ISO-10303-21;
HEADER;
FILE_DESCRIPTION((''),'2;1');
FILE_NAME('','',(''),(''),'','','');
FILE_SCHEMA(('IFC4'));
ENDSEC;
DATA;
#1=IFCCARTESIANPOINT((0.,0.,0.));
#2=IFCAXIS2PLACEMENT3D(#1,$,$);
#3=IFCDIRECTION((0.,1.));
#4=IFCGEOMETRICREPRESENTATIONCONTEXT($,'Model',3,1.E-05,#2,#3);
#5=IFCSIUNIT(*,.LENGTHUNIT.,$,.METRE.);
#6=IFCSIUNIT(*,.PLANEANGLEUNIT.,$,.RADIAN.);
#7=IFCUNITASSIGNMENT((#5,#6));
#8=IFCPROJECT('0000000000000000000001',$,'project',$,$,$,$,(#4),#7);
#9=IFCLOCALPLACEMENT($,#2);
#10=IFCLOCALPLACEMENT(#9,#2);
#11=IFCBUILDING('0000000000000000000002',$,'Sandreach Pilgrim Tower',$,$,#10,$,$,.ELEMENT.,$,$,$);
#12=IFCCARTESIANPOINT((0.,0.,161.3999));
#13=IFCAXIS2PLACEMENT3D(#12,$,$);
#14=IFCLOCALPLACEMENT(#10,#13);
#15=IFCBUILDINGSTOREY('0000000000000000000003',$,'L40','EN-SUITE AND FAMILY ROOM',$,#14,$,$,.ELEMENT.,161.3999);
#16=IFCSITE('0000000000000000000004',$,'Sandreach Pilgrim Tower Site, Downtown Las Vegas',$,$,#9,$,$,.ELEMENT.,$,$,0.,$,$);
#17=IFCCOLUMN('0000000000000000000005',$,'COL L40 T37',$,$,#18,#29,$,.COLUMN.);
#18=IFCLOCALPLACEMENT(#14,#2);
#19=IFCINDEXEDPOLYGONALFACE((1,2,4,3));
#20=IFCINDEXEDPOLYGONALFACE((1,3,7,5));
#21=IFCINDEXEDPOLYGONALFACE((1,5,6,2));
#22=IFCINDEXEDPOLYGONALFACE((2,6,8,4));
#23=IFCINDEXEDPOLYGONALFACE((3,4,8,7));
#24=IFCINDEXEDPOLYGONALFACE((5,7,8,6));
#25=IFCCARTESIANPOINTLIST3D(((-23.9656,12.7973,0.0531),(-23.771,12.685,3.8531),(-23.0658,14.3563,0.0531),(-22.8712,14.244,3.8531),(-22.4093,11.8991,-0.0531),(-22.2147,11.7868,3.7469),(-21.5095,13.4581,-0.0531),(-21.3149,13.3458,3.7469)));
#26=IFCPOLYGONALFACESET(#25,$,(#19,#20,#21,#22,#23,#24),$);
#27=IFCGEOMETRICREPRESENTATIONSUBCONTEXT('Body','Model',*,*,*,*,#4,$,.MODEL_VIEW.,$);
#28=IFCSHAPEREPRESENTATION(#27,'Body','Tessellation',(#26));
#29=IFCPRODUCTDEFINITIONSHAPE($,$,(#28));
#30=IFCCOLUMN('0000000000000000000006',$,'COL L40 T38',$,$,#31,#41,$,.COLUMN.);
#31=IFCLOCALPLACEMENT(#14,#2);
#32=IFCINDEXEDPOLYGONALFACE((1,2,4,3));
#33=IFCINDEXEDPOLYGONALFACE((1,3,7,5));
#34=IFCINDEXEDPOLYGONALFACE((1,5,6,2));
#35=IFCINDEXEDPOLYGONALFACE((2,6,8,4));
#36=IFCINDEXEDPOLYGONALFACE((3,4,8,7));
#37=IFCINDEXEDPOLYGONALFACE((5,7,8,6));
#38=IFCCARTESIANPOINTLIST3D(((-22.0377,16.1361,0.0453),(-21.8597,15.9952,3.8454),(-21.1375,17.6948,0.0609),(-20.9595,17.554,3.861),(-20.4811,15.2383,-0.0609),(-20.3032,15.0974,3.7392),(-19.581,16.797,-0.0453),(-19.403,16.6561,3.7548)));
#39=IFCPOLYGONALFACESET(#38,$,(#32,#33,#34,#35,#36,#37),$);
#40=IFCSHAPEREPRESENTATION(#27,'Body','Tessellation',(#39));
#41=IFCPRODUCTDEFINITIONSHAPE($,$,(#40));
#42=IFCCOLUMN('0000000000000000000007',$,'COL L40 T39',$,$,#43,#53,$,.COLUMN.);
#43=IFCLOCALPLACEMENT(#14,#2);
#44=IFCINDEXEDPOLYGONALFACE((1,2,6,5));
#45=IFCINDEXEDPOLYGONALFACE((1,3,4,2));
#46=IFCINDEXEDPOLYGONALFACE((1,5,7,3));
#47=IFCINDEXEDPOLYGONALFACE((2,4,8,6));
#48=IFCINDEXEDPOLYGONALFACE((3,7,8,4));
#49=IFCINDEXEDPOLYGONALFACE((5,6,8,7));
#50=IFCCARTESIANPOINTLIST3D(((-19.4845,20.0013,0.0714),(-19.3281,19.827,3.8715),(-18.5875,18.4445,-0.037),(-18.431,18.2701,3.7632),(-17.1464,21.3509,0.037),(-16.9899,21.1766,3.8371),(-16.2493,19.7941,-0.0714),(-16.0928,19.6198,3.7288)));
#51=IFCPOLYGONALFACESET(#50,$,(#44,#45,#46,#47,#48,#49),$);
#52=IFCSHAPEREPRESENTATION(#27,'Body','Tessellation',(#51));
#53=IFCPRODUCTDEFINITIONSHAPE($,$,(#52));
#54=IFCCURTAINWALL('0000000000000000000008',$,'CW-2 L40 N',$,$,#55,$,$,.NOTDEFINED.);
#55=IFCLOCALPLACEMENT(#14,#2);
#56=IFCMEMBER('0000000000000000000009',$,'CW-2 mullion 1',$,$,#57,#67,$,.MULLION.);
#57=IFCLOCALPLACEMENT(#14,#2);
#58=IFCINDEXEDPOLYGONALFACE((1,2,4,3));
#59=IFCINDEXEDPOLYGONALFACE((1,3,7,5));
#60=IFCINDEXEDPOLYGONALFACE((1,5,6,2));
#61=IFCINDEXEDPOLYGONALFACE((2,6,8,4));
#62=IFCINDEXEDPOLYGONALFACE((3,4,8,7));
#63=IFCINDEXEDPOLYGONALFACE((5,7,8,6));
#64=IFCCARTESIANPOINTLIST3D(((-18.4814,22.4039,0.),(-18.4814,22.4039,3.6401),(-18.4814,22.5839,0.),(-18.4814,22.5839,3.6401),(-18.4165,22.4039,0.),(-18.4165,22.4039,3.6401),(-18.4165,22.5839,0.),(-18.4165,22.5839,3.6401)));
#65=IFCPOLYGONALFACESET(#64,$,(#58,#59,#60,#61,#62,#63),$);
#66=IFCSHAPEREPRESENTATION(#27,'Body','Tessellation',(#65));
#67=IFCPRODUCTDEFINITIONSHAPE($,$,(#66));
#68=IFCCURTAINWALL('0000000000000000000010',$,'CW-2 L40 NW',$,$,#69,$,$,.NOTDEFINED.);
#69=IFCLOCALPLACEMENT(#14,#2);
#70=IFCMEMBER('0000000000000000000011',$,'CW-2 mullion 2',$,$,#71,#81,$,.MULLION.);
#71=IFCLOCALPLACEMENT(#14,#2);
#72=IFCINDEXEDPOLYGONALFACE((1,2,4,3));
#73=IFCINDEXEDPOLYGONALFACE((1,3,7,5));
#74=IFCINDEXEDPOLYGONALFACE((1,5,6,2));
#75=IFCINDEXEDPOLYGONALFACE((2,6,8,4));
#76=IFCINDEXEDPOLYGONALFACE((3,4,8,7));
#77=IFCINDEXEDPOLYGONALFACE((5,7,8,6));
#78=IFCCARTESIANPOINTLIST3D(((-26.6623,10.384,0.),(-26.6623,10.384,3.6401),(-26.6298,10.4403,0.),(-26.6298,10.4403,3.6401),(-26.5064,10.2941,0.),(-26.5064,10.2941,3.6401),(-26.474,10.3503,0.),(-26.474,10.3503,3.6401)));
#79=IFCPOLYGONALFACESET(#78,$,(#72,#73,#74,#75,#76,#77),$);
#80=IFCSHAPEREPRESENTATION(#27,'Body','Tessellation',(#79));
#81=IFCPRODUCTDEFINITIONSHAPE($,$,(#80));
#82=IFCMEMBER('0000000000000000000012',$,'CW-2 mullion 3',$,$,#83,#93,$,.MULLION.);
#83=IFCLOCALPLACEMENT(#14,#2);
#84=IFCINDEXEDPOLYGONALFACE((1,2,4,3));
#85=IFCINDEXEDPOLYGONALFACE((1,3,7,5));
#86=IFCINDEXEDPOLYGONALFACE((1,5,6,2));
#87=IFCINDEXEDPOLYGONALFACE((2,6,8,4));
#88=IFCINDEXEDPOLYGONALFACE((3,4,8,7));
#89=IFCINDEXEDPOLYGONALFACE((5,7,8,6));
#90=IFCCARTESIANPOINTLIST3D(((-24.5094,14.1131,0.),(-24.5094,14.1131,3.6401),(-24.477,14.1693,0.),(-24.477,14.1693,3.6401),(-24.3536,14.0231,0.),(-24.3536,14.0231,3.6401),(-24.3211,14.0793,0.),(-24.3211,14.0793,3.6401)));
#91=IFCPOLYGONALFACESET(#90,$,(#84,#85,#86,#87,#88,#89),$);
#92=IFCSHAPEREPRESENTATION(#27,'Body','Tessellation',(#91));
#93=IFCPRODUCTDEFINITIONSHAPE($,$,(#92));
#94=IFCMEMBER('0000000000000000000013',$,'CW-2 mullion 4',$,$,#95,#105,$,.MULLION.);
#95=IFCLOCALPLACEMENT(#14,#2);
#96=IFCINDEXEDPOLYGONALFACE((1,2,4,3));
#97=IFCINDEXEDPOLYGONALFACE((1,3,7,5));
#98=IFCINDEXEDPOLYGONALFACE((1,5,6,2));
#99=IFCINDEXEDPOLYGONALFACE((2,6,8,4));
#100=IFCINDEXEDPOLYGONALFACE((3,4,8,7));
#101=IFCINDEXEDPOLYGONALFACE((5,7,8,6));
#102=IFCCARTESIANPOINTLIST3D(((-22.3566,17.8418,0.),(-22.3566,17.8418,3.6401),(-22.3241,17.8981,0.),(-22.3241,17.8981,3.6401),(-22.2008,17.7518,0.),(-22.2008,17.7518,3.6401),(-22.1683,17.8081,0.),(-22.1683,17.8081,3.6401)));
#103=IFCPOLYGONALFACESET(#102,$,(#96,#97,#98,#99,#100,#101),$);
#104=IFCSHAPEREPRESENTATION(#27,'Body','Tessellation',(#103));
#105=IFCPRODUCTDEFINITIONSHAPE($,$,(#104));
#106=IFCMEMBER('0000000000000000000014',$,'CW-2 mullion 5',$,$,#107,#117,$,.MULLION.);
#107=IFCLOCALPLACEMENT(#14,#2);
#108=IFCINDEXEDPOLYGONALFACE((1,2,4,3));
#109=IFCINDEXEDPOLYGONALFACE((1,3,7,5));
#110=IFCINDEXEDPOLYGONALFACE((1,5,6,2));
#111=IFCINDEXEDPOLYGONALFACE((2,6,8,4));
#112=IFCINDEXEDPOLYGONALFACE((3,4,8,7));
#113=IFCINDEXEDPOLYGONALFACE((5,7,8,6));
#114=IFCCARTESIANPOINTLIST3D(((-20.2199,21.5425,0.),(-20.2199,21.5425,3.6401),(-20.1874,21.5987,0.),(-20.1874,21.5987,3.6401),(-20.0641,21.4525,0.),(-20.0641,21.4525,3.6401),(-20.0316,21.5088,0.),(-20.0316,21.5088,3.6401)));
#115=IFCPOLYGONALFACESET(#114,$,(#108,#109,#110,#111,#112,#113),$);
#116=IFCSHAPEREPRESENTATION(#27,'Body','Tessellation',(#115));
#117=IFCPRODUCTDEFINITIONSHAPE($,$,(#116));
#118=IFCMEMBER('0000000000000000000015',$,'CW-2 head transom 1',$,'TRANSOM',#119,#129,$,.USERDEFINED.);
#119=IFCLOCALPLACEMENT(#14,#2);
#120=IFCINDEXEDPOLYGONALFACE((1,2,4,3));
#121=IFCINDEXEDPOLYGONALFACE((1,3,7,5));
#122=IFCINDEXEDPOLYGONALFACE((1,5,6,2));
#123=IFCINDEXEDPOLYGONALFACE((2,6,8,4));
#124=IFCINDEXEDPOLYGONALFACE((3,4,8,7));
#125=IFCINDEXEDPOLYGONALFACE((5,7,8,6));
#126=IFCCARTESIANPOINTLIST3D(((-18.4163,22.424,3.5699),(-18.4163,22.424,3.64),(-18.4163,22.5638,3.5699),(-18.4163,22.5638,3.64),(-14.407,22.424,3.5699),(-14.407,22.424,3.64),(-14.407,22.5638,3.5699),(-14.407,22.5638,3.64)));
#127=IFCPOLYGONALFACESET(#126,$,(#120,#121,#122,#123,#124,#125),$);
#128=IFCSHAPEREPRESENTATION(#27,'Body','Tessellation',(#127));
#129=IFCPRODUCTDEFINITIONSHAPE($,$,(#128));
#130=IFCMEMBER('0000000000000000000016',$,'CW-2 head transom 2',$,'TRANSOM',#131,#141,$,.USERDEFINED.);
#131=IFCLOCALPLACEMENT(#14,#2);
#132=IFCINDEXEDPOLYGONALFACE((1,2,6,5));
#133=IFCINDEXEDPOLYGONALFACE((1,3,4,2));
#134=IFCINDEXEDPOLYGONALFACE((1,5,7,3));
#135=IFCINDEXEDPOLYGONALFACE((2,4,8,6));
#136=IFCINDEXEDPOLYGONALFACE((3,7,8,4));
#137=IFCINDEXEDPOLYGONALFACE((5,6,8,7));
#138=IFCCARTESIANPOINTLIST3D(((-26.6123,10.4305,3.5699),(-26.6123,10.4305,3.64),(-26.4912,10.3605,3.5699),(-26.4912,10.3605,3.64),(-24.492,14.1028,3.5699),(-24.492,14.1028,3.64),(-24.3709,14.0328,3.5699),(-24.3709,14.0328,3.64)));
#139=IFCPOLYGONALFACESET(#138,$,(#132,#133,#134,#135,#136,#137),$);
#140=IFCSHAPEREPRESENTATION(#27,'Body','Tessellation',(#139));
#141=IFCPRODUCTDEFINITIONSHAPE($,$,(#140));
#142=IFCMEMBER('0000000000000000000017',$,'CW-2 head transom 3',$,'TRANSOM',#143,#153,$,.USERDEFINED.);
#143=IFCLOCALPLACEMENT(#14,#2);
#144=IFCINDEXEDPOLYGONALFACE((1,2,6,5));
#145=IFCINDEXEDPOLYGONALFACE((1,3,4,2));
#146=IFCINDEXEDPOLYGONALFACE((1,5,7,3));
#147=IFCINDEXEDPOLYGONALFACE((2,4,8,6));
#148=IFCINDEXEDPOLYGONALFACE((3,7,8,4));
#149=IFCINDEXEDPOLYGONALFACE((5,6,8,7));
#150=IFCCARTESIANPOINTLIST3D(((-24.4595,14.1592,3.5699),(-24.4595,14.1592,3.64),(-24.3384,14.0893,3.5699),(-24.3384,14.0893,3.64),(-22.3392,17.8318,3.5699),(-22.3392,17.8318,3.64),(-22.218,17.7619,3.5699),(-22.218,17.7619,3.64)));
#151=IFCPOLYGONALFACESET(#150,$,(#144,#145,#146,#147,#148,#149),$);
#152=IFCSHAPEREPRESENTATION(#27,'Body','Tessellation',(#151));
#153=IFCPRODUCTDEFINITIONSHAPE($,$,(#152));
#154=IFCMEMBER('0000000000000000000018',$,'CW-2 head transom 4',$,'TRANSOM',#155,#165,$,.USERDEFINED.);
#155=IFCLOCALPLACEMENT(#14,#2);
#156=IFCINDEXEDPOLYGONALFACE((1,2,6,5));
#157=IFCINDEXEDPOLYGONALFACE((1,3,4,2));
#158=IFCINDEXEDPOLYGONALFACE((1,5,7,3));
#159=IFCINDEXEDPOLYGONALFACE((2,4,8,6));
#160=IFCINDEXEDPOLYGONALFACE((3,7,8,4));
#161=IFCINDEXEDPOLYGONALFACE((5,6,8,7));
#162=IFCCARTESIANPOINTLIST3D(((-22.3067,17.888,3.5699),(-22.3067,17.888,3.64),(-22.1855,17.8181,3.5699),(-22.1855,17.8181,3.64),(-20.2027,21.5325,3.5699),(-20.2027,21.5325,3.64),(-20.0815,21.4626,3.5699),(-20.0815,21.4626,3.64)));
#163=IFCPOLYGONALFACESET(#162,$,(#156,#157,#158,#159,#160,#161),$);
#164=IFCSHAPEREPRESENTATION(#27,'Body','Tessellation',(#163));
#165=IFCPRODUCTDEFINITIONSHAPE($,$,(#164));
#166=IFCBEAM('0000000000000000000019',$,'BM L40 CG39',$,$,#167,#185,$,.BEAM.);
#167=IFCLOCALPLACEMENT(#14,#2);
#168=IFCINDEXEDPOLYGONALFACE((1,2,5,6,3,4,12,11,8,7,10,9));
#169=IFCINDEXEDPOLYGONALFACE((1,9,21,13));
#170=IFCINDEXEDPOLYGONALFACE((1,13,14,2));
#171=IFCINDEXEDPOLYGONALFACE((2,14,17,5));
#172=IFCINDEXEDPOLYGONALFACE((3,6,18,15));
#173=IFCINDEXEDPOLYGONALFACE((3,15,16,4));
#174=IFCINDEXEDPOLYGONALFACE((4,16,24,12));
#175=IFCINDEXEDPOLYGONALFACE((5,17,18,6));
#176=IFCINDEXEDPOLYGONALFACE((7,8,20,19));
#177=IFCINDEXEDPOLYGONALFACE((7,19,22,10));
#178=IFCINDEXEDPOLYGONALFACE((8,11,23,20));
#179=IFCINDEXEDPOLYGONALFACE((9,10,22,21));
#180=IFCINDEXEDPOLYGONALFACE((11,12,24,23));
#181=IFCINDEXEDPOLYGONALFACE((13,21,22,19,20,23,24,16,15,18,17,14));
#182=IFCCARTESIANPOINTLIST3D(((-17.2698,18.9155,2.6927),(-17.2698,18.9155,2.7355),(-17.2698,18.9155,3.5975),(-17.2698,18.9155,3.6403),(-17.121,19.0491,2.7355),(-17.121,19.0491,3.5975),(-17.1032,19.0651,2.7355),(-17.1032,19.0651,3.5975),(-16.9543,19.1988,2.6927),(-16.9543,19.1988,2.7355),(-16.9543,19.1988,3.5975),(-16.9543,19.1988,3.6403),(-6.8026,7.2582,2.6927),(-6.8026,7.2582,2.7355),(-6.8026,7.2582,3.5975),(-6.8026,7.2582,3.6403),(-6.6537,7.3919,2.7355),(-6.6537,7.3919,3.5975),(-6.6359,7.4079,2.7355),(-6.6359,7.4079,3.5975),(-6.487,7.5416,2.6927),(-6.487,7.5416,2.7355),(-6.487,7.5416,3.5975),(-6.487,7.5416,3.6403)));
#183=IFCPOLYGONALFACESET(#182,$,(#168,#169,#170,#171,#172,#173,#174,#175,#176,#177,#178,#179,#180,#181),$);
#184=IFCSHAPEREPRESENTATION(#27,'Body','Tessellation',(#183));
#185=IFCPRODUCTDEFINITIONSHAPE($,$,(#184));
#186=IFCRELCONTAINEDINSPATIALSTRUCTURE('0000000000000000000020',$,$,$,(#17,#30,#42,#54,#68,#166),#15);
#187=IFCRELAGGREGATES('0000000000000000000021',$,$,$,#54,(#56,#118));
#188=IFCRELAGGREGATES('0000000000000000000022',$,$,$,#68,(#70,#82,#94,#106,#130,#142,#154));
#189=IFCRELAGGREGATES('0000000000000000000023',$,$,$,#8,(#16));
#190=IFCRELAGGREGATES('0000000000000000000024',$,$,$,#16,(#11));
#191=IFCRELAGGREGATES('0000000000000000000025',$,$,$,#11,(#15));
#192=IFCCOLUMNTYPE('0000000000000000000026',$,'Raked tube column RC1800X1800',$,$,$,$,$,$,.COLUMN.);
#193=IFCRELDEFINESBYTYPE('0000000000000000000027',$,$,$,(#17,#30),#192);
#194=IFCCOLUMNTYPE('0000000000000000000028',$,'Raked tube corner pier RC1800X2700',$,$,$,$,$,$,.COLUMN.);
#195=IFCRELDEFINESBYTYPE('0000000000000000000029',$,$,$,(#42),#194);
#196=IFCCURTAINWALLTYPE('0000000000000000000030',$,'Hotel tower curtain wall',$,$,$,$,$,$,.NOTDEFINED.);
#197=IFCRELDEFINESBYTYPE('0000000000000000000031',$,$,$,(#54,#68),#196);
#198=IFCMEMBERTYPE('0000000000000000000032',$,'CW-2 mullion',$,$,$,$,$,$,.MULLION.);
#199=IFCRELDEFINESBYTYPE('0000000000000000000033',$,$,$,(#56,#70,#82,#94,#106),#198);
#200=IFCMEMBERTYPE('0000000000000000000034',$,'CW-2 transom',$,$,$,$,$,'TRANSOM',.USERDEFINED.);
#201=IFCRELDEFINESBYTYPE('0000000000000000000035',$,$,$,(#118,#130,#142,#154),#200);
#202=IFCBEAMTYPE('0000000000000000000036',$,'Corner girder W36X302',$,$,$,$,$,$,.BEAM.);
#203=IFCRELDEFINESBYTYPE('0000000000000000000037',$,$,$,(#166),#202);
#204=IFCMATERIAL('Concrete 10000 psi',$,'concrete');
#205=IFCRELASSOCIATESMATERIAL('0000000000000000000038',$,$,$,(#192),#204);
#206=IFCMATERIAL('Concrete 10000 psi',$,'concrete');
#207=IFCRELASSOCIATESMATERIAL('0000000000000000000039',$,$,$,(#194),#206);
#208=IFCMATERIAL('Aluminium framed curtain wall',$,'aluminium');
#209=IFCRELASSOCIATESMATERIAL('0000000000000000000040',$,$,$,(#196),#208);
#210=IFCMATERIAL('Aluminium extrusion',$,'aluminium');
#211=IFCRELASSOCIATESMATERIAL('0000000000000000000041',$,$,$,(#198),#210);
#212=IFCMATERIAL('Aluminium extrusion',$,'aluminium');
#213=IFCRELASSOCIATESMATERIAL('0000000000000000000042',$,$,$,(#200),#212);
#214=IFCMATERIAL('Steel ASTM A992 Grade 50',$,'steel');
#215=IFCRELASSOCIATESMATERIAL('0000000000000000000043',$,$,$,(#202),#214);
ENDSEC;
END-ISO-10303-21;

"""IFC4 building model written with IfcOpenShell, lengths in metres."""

from ifc_helpers import new_model, si_unit, direction, frame, origin, origin_2d, place, context, subcontext, project, spatial, rectangle, i_section, extrude, material, material_profile, profile_set, type_object, element, aggregate, save


model = new_model("IFC4")

# Units and contexts
model_context = context("Model", 3, precision=1e-05, world=origin(), true_north=direction((0.0, 1.0)))
body_context = subcontext(model_context, "Body", "Model", "MODEL_VIEW")
ifc_project = project(units=[si_unit("LENGTHUNIT", "METRE"), si_unit("PLANEANGLEUNIT", "RADIAN")], contexts=[model_context])

# Site, building, storey
site_placement = place(None, origin())
site = spatial("IfcSite", under=ifc_project, at=site_placement, Name="Sandreach Pilgrim Tower Site, Downtown Las Vegas", CompositionType="ELEMENT", RefElevation=0.0)
building_placement = place(site_placement, origin())
building = spatial("IfcBuilding", under=site, at=building_placement, Name="Sandreach Pilgrim Tower", CompositionType="ELEMENT")
storey_placement = place(building_placement, frame((0.0, 0.0, 161.3999)))
storey = spatial("IfcBuildingStorey", under=building, at=storey_placement, Name="L40", Description="EN-SUITE AND FAMILY ROOM", CompositionType="ELEMENT", Elevation=161.3999)

# Columns
ifc_material_1 = material(Name="Concrete 10000 psi", Category="concrete")
ifc_material_profile_1 = material_profile(ifc_material_1, rectangle(XDim=1.8, YDim=1.8, at=origin_2d()), Name="RC1800X1800")
ifc_profile_set_1 = profile_set([ifc_material_profile_1], Name="Concrete 10000 psi")
column_type_1 = type_object("IfcColumnType", Name="Raked tube column RC1800X1800", PredefinedType="COLUMN", material=ifc_profile_set_1)
column_1_placement = place(storey_placement, frame((-22.7375, 13.1277, 0.0), z_axis=(0.051115, -0.029502, 0.998257), x_axis=(-0.864585, 0.499008, 0.059018)))
element("IfcColumn", 1, at=column_1_placement, inside=storey, type_object=column_type_1, Name="COL L40 T37", PredefinedType="COLUMN", context=body_context, shape_type="SweptSolid", body=[
    extrude(rectangle(XDim=1.8, YDim=1.8, at=origin_2d()), origin(), (0.0, 0.0, 1.0), 3.8066),
])
column_2_placement = place(storey_placement, frame((-20.8093, 16.4666, 0.0), z_axis=(0.046753, -0.037004, 0.998221), x_axis=(-0.864714, 0.498788, 0.05899)))
element("IfcColumn", 2, at=column_2_placement, inside=storey, type_object=column_type_1, Name="COL L40 T38", PredefinedType="COLUMN", context=body_context, shape_type="SweptSolid", body=[
    extrude(rectangle(XDim=1.8, YDim=1.8, at=origin_2d()), origin(), (0.0, 0.0, 1.0), 3.8069),
])
ifc_material_2 = material(Name="Concrete 10000 psi", Category="concrete")
ifc_material_profile_2 = material_profile(ifc_material_2, rectangle(XDim=1.8, YDim=2.7, at=origin_2d()), Name="RC1800X2700")
ifc_profile_set_2 = profile_set([ifc_material_profile_2], Name="Concrete 10000 psi")
column_type_2 = type_object("IfcColumnType", Name="Raked tube corner pier RC1800X2700", PredefinedType="COLUMN", material=ifc_profile_set_2)
column_3_placement = place(storey_placement, frame((-17.8669, 19.8977, 0.0), z_axis=(0.041104, -0.045785, 0.998105), x_axis=(-0.498343, 0.864888, 0.060197)))
element("IfcColumn", 3, at=column_3_placement, inside=storey, type_object=column_type_2, Name="COL L40 T39", PredefinedType="COLUMN", context=body_context, shape_type="SweptSolid", body=[
    extrude(rectangle(XDim=1.8, YDim=2.7, at=origin_2d()), origin(), (0.0, 0.0, 1.0), 3.8074),
])

# Curtain wall, member
ifc_material_3 = material(Name="Aluminium framed curtain wall", Category="aluminium")
curtain_wall_type = type_object("IfcCurtainWallType", Name="Hotel tower curtain wall", PredefinedType="NOTDEFINED", material=ifc_material_3)
curtain_wall_1_placement = place(storey_placement, origin())
curtain_wall_1 = element("IfcCurtainWall", 4, at=curtain_wall_1_placement, inside=storey, type_object=curtain_wall_type, Name="CW-2 L40 N", PredefinedType="NOTDEFINED")
ifc_material_4 = material(Name="Aluminium extrusion", Category="aluminium")
ifc_material_profile_3 = material_profile(ifc_material_4, rectangle(XDim=0.0649, YDim=0.1799, at=origin_2d()), Name="CW-2M 65X180")
ifc_profile_set_3 = profile_set([ifc_material_profile_3], Name="Aluminium extrusion")
member_type_1 = type_object("IfcMemberType", Name="CW-2 mullion", PredefinedType="MULLION", material=ifc_profile_set_3)
member_1_placement = place(storey_placement, frame((-18.449, 22.4939, 0.0), z_axis=(0.0, 0.0, 1.0), x_axis=(1.0, 0.0, 0.0)))
member_1 = element("IfcMember", 5, at=member_1_placement, type_object=member_type_1, Name="CW-2 mullion 1", PredefinedType="MULLION", context=body_context, shape_type="SweptSolid", body=[
    extrude(rectangle(XDim=0.0649, YDim=0.1799, at=origin_2d()), origin(), (0.0, 0.0, 1.0), 3.6401),
])

# Curtain wall, members
curtain_wall_2_placement = place(storey_placement, origin())
curtain_wall_2 = element("IfcCurtainWall", 6, at=curtain_wall_2_placement, inside=storey, type_object=curtain_wall_type, Name="CW-2 L40 NW", PredefinedType="NOTDEFINED")
member_2_placement = place(storey_placement, frame((-26.5681, 10.3672, 0.0), z_axis=(0.0, 0.0, 1.0), x_axis=(0.5, 0.866025, 0.0)))
member_2 = element("IfcMember", 7, at=member_2_placement, type_object=member_type_1, Name="CW-2 mullion 2", PredefinedType="MULLION", context=body_context, shape_type="SweptSolid", body=[
    extrude(rectangle(XDim=0.0649, YDim=0.1799, at=origin_2d()), origin(), (0.0, 0.0, 1.0), 3.6401),
])
member_3_placement = place(storey_placement, frame((-24.4153, 14.0962, 0.0), z_axis=(0.0, 0.0, 1.0), x_axis=(0.5, 0.866025, 0.0)))
member_3 = element("IfcMember", 8, at=member_3_placement, type_object=member_type_1, Name="CW-2 mullion 3", PredefinedType="MULLION", context=body_context, shape_type="SweptSolid", body=[
    extrude(rectangle(XDim=0.0649, YDim=0.1799, at=origin_2d()), origin(), (0.0, 0.0, 1.0), 3.6401),
])
member_4_placement = place(storey_placement, frame((-22.2625, 17.825, 0.0), z_axis=(0.0, 0.0, 1.0), x_axis=(0.5, 0.866025, 0.0)))
member_4 = element("IfcMember", 9, at=member_4_placement, type_object=member_type_1, Name="CW-2 mullion 4", PredefinedType="MULLION", context=body_context, shape_type="SweptSolid", body=[
    extrude(rectangle(XDim=0.0649, YDim=0.1799, at=origin_2d()), origin(), (0.0, 0.0, 1.0), 3.6401),
])
member_5_placement = place(storey_placement, frame((-20.1257, 21.5256, 0.0), z_axis=(0.0, 0.0, 1.0), x_axis=(0.5, 0.866025, 0.0)))
member_5 = element("IfcMember", 10, at=member_5_placement, type_object=member_type_1, Name="CW-2 mullion 5", PredefinedType="MULLION", context=body_context, shape_type="SweptSolid", body=[
    extrude(rectangle(XDim=0.0649, YDim=0.1799, at=origin_2d()), origin(), (0.0, 0.0, 1.0), 3.6401),
])

# Members
ifc_material_5 = material(Name="Aluminium extrusion", Category="aluminium")
ifc_material_profile_4 = material_profile(ifc_material_5, rectangle(XDim=0.1399, YDim=0.0701, at=origin_2d()), Name="CW-2T 140X70")
ifc_profile_set_4 = profile_set([ifc_material_profile_4], Name="Aluminium extrusion")
member_type_2 = type_object("IfcMemberType", Name="CW-2 transom", ElementType="TRANSOM", PredefinedType="USERDEFINED", material=ifc_profile_set_4)
member_6_placement = place(storey_placement, frame((-18.4163, 22.4939, 3.605), z_axis=(1.0, 0.0, 0.0), x_axis=(0.0, 1.0, 0.0)))
member_6 = element("IfcMember", 11, at=member_6_placement, type_object=member_type_2, Name="CW-2 head transom 1", ObjectType="TRANSOM", PredefinedType="USERDEFINED", context=body_context, shape_type="SweptSolid", body=[
    extrude(rectangle(XDim=0.1399, YDim=0.0701, at=origin_2d()), origin(), (0.0, 0.0, 1.0), 4.0093),
])
member_7_placement = place(storey_placement, frame((-26.5518, 10.3955, 3.605), z_axis=(0.500021, 0.866013, 0.0), x_axis=(-0.866013, 0.500021, 0.0)))
member_7 = element("IfcMember", 12, at=member_7_placement, type_object=member_type_2, Name="CW-2 head transom 2", ObjectType="TRANSOM", PredefinedType="USERDEFINED", context=body_context, shape_type="SweptSolid", body=[
    extrude(rectangle(XDim=0.1399, YDim=0.0701, at=origin_2d()), origin(), (0.0, 0.0, 1.0), 4.2405),
])
member_8_placement = place(storey_placement, frame((-24.3989, 14.1243, 3.605), z_axis=(0.499997, 0.866027, 0.0), x_axis=(-0.866027, 0.499997, 0.0)))
member_8 = element("IfcMember", 13, at=member_8_placement, type_object=member_type_2, Name="CW-2 head transom 3", ObjectType="TRANSOM", PredefinedType="USERDEFINED", context=body_context, shape_type="SweptSolid", body=[
    extrude(rectangle(XDim=0.1399, YDim=0.0701, at=origin_2d()), origin(), (0.0, 0.0, 1.0), 4.2407),
])
member_9_placement = place(storey_placement, frame((-22.2461, 17.853, 3.605), z_axis=(0.49997, 0.866043, 0.0), x_axis=(-0.866043, 0.49997, 0.0)))
member_9 = element("IfcMember", 14, at=member_9_placement, type_object=member_type_2, Name="CW-2 head transom 4", ObjectType="TRANSOM", PredefinedType="USERDEFINED", context=body_context, shape_type="SweptSolid", body=[
    extrude(rectangle(XDim=0.1399, YDim=0.0701, at=origin_2d()), origin(), (0.0, 0.0, 1.0), 4.2083),
])

# Beam
ifc_material_6 = material(Name="Steel ASTM A992 Grade 50", Category="steel")
ifc_material_profile_5 = material_profile(ifc_material_6, i_section(OverallWidth=0.4241, OverallDepth=0.9475, WebThickness=0.0239, FlangeThickness=0.0427, at=origin_2d()), Name="W36X302")
ifc_profile_set_5 = profile_set([ifc_material_profile_5], Name="Steel ASTM A992 Grade 50")
beam_type_1 = type_object("IfcBeamType", Name="Corner girder W36X302", PredefinedType="BEAM", material=ifc_profile_set_5)
beam_1_placement = place(storey_placement, frame((-17.1121, 19.0571, 3.1665), z_axis=(0.66811, -0.744062, 0.0), x_axis=(0.744062, 0.66811, 0.0)))
element("IfcBeam", 15, at=beam_1_placement, inside=storey, type_object=beam_type_1, Name="BM L40 CG39", PredefinedType="BEAM", context=body_context, shape_type="SweptSolid", body=[
    extrude(i_section(OverallWidth=0.4241, OverallDepth=0.9475, WebThickness=0.0239, FlangeThickness=0.0427, at=origin_2d()), origin(), (0.0, 0.0, 1.0), 15.667),
])

aggregate(curtain_wall_1, [member_1, member_6])
aggregate(curtain_wall_2, [member_2, member_3, member_4, member_5, member_7, member_8, member_9])

save(model, "model.ifc")
